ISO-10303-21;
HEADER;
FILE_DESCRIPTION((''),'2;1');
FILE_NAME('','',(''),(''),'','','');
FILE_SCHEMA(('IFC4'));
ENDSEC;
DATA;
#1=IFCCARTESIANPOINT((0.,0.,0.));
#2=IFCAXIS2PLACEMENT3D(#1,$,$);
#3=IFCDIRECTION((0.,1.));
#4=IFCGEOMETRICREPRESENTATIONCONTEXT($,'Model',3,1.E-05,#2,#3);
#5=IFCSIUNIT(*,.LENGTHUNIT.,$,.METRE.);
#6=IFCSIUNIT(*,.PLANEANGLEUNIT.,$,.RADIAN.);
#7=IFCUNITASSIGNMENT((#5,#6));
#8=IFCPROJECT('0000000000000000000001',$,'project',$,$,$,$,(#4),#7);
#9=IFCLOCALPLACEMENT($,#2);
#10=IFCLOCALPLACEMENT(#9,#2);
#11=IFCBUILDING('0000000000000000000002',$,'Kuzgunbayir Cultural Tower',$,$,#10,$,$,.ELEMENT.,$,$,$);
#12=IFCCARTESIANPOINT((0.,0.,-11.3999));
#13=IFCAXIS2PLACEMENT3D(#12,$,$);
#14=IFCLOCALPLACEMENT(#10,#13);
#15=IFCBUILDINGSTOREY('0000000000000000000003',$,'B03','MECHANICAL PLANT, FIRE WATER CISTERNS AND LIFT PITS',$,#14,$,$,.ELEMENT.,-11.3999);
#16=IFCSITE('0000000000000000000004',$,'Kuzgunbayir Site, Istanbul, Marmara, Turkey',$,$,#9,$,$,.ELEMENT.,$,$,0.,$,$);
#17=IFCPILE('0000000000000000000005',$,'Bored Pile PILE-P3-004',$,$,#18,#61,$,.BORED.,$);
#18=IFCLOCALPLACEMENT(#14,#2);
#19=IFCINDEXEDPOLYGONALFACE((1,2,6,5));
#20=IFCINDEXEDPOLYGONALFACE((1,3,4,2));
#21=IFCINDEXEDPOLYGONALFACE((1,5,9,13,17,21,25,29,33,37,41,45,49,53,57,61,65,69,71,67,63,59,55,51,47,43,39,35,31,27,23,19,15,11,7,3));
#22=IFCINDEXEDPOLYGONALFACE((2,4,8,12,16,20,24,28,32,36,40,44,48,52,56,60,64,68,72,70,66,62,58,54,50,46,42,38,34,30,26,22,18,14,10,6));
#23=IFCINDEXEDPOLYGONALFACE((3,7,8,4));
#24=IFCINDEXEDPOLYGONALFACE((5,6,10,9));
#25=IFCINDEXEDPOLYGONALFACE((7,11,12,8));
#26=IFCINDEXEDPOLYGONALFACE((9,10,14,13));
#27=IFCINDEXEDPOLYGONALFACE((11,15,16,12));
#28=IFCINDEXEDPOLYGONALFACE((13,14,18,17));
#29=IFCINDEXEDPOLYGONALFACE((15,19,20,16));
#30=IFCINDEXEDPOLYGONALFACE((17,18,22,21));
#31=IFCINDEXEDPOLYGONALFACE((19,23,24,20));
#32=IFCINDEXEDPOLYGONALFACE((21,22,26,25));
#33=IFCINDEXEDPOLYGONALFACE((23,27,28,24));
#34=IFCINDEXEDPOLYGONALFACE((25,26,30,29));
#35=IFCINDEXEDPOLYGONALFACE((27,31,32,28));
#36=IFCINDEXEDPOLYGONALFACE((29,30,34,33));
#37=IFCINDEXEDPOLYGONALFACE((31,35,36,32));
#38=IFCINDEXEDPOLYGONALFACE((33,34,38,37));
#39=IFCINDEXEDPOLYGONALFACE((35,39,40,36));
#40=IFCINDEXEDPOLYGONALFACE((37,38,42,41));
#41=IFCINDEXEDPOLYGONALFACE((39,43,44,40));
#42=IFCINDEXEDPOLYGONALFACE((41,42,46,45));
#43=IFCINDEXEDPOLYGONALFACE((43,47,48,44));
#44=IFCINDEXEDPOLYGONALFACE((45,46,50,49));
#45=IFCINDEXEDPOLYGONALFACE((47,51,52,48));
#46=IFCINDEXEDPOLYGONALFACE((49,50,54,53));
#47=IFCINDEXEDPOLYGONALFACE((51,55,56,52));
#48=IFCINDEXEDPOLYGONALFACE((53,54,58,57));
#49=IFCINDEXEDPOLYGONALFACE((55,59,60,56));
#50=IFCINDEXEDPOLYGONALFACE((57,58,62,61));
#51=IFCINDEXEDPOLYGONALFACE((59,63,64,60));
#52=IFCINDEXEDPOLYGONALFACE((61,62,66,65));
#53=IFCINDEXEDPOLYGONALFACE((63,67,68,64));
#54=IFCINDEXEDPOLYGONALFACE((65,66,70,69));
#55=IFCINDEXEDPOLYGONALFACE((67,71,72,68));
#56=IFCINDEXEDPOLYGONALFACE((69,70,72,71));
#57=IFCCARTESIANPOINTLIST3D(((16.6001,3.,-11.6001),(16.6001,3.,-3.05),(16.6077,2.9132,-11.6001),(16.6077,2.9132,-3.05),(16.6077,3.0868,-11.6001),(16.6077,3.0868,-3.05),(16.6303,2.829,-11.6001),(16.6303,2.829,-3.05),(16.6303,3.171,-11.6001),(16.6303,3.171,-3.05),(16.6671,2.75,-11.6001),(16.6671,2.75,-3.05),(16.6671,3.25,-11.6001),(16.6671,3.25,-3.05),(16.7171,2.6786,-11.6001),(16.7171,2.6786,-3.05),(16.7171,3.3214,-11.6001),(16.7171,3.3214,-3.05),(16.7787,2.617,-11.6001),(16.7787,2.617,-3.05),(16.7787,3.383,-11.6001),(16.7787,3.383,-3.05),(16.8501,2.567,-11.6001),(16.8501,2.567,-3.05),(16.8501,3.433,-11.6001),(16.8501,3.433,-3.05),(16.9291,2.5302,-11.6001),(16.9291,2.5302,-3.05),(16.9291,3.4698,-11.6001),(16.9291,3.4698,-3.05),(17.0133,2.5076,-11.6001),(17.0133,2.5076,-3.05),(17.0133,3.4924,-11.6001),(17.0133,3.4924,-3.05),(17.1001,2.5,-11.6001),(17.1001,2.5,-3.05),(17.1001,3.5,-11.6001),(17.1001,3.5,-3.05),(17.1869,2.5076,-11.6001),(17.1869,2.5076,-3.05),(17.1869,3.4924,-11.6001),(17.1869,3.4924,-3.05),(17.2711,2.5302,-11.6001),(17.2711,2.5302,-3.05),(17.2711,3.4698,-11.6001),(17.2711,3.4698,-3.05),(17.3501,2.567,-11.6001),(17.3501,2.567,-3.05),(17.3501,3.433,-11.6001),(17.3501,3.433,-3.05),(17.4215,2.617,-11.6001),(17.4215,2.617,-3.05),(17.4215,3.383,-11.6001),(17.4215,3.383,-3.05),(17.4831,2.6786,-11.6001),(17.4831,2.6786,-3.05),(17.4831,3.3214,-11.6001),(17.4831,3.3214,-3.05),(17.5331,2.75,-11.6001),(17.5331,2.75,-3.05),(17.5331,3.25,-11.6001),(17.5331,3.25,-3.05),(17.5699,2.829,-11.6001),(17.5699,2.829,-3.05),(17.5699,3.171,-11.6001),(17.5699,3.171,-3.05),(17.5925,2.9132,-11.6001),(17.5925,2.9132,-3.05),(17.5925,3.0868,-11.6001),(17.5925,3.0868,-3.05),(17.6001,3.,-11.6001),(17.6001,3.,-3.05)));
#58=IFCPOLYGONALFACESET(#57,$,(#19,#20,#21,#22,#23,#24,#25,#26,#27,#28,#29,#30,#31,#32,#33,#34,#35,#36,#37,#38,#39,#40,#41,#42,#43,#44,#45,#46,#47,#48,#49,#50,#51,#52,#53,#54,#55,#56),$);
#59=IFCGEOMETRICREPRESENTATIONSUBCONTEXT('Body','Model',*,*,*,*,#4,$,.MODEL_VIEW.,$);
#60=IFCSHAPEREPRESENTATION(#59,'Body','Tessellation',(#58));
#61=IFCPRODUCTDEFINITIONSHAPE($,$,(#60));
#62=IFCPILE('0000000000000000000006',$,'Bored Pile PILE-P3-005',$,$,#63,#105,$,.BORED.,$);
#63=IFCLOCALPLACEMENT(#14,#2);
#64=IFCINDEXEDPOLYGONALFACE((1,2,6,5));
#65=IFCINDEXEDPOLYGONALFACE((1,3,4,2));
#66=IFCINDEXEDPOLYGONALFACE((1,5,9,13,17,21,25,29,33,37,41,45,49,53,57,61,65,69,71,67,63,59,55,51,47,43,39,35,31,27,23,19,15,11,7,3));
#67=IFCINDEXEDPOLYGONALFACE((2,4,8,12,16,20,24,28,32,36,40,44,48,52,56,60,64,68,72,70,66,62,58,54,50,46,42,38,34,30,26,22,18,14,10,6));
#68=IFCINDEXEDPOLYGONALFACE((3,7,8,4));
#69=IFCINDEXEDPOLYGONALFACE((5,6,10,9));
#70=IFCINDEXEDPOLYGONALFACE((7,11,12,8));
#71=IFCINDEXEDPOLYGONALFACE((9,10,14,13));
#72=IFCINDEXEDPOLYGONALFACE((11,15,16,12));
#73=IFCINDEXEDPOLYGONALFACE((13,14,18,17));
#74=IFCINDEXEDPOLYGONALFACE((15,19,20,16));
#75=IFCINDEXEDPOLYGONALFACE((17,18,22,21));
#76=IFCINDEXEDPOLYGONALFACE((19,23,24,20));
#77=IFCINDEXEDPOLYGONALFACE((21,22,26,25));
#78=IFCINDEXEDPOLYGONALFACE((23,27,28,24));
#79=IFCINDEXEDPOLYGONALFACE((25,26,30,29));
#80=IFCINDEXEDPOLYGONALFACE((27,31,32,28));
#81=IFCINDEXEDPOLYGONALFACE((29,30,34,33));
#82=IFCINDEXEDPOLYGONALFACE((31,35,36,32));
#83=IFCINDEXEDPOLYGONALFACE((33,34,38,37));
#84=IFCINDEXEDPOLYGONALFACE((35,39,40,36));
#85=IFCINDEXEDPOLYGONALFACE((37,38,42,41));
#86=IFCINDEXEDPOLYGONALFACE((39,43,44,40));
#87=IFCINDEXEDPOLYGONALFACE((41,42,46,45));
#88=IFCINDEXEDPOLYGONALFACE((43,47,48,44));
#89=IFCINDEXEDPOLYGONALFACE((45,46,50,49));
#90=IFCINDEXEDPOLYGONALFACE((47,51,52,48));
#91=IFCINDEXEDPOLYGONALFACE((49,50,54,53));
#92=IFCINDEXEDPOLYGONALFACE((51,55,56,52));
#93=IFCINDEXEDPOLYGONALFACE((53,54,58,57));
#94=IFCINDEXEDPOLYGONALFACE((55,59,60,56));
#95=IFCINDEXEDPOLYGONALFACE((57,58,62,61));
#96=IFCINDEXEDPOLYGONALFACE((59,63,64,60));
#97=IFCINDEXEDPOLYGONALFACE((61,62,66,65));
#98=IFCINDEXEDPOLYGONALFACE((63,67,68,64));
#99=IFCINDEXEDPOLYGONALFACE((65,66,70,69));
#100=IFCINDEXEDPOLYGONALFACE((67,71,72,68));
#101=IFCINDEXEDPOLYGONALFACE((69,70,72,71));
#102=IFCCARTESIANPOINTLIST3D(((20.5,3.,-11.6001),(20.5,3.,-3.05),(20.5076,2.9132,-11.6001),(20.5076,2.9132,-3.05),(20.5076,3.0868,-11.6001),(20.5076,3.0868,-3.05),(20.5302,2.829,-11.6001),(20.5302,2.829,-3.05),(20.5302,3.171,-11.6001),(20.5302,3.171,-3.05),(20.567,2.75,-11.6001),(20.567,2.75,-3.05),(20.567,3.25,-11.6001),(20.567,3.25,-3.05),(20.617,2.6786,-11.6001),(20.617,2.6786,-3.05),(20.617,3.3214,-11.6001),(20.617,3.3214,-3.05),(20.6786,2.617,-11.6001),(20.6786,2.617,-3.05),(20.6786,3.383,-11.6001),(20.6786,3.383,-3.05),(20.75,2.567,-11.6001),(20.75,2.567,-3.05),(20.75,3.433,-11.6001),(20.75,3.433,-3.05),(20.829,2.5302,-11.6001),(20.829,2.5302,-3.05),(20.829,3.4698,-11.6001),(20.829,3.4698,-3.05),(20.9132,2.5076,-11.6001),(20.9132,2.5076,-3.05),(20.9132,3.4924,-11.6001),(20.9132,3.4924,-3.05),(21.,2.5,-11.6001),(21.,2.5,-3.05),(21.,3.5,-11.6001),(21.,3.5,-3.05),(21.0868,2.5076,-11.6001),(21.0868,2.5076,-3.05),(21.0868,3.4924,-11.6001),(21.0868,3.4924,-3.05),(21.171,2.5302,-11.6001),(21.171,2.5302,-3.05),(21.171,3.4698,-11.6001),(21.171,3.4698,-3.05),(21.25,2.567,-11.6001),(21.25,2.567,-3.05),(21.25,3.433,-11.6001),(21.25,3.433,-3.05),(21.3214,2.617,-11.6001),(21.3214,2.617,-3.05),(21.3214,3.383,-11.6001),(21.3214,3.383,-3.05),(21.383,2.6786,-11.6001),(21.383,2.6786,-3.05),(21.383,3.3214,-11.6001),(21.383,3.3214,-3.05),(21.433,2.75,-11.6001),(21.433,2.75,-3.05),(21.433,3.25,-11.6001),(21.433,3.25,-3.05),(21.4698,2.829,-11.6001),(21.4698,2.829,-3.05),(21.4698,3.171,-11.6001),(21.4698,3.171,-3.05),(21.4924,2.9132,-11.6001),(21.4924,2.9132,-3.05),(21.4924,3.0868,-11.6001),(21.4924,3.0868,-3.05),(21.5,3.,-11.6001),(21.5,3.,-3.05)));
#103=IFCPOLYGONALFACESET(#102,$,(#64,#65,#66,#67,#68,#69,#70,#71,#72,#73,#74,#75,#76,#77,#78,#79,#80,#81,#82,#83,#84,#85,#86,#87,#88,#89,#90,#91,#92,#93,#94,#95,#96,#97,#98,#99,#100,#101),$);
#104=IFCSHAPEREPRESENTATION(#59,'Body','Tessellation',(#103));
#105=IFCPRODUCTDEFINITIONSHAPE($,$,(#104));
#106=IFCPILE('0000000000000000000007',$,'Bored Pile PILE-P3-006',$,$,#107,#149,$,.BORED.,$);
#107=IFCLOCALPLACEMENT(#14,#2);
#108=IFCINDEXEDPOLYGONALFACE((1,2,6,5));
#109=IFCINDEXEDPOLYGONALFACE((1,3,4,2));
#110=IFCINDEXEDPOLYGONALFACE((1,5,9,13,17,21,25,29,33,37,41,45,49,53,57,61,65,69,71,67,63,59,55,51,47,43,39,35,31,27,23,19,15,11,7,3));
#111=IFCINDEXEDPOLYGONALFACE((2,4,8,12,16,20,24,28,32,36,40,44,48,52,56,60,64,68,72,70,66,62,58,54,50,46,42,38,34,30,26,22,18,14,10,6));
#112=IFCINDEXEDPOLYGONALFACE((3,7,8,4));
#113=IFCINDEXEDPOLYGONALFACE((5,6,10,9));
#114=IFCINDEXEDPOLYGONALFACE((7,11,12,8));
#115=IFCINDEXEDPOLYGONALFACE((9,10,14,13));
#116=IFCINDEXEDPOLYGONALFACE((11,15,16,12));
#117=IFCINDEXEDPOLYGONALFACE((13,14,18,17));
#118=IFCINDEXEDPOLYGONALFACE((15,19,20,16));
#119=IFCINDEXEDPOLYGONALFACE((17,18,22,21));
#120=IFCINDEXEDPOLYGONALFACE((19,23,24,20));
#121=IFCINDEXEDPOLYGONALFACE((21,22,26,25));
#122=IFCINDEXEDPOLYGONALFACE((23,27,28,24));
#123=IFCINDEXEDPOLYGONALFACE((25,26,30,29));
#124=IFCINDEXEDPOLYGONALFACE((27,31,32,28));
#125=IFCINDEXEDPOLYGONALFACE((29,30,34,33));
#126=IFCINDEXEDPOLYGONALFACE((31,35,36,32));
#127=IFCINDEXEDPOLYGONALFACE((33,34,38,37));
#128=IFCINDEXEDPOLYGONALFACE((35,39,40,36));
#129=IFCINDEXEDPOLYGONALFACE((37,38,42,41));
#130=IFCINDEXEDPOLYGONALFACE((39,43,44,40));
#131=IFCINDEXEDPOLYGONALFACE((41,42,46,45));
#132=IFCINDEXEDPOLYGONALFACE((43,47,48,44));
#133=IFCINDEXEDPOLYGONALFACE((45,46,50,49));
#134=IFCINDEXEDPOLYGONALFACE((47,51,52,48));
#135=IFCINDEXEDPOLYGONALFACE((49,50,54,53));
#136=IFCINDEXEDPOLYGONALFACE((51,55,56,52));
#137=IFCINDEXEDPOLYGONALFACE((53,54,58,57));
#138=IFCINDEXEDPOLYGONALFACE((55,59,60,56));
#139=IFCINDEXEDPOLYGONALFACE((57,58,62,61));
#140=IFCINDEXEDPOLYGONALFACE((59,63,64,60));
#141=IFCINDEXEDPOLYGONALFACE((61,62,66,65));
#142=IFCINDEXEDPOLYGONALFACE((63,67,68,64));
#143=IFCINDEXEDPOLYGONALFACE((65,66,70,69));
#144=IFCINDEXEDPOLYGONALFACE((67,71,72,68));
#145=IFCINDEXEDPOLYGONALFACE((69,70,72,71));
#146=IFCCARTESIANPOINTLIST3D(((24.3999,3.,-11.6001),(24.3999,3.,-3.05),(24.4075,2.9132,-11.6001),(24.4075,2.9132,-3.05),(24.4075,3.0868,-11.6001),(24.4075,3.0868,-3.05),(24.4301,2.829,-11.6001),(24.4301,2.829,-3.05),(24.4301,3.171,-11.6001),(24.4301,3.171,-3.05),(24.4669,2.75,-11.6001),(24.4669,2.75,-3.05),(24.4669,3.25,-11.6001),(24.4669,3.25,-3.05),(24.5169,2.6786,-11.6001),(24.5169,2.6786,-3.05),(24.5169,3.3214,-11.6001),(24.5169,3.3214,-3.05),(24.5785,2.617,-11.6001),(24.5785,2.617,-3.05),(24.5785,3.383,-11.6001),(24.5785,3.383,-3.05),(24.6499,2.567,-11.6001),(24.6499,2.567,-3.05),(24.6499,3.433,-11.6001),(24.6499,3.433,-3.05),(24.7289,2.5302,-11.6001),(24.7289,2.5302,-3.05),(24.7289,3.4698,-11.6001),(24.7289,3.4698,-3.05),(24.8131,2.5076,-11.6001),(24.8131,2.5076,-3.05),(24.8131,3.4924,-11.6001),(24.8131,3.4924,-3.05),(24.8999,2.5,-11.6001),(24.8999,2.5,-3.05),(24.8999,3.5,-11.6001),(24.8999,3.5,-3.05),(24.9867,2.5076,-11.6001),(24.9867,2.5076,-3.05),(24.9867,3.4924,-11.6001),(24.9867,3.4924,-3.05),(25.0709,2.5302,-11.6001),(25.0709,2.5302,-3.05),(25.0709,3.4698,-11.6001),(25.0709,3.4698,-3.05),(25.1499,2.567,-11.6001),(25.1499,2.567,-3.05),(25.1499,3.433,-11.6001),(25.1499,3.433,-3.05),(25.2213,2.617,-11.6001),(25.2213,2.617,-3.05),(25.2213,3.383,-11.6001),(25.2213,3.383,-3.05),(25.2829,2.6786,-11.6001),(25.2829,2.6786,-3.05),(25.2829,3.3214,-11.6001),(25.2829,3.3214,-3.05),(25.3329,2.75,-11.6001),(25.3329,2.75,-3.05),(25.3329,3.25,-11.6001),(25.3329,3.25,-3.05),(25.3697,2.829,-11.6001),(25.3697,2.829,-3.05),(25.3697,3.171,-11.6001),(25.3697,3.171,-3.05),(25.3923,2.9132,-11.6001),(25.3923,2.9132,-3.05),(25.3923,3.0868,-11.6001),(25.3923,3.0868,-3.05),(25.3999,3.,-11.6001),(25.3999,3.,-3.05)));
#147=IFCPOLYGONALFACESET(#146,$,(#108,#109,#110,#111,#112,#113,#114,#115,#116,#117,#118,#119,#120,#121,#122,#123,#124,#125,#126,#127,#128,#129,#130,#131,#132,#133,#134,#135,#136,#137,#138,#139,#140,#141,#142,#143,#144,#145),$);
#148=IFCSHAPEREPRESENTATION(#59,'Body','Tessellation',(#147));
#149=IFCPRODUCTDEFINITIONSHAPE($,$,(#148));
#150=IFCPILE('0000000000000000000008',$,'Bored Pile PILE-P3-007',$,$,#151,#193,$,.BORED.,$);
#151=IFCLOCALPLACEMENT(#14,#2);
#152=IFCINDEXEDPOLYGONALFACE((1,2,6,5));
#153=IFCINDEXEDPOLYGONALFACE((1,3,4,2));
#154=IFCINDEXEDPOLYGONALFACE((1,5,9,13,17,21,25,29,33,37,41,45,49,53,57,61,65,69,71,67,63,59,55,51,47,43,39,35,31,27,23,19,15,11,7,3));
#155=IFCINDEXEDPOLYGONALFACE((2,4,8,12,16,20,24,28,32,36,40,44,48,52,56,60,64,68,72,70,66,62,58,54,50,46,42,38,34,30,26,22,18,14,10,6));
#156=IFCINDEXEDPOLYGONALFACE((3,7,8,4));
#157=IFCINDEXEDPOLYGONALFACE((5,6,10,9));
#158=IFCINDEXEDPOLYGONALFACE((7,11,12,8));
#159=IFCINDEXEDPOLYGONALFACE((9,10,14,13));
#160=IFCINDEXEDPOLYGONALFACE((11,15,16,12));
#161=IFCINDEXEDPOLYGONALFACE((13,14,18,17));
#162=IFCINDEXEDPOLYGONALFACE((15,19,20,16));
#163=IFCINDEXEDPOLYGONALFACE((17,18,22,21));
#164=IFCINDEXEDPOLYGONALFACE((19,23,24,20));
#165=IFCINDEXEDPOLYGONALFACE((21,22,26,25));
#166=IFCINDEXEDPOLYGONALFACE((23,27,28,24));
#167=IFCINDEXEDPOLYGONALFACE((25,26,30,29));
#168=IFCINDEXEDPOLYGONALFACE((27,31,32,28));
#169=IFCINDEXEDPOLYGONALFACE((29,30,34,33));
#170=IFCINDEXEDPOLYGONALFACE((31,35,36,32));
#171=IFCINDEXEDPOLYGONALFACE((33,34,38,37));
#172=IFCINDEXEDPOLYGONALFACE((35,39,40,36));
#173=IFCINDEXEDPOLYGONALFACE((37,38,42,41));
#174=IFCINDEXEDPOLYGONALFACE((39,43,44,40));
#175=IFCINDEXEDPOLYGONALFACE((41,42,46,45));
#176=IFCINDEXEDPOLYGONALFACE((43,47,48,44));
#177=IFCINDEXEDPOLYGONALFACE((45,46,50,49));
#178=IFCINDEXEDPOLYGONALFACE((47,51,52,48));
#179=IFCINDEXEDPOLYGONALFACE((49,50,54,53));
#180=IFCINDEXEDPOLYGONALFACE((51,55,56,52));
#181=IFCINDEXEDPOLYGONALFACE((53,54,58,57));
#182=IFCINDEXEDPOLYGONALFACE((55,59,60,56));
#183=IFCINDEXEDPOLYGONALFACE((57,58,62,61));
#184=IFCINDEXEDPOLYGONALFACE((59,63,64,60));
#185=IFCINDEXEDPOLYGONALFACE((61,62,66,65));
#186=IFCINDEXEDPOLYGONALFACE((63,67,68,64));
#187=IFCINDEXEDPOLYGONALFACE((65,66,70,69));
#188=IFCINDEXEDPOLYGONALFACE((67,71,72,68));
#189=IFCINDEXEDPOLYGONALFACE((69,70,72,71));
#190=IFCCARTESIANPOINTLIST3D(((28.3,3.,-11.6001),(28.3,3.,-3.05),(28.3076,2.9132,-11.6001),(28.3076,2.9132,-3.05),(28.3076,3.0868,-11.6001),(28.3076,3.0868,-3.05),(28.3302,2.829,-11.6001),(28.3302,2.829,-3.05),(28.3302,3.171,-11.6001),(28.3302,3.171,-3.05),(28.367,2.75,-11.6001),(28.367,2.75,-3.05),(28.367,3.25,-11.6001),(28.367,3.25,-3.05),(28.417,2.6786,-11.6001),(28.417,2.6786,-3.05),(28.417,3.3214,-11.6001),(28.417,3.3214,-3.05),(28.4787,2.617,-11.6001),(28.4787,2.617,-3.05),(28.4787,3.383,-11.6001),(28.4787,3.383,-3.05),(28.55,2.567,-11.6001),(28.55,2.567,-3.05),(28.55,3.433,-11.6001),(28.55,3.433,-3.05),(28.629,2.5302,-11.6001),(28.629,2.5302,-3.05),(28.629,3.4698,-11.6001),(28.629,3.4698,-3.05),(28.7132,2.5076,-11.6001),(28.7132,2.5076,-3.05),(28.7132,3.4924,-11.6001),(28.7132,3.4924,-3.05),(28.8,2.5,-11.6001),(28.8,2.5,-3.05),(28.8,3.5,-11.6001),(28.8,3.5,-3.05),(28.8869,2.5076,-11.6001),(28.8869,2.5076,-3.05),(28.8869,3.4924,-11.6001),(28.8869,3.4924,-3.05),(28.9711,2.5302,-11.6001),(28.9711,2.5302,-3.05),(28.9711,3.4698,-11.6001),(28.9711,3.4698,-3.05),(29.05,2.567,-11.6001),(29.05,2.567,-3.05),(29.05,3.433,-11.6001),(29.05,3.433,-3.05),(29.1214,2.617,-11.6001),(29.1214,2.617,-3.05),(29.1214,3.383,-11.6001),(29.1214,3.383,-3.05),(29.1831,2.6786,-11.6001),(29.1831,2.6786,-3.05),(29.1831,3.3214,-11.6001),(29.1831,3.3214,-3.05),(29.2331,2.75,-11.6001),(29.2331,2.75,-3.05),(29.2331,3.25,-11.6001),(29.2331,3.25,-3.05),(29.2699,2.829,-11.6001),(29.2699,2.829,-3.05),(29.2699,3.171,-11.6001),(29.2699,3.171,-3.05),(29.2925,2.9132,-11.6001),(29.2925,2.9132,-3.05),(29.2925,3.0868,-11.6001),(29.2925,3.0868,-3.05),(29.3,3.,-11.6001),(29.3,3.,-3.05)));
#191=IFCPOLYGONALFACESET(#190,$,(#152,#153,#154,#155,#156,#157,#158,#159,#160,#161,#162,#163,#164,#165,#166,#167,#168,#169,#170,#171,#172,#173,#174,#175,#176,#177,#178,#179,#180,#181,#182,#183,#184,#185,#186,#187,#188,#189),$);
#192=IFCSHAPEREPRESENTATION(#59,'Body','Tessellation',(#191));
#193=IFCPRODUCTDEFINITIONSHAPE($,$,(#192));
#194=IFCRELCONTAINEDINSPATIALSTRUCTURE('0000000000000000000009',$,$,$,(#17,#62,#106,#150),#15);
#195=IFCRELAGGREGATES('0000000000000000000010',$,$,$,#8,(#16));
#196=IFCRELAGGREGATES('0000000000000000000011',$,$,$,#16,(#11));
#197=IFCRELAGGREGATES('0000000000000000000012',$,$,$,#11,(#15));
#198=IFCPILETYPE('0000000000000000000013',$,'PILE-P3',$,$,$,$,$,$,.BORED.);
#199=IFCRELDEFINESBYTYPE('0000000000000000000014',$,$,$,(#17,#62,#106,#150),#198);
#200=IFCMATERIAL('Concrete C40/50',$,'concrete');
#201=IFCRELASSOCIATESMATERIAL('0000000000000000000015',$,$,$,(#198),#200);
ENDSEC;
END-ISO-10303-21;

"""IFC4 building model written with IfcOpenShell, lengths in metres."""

from ifc_helpers import new_model, si_unit, direction, frame, origin, origin_2d, place, context, subcontext, project, spatial, circle, extrude, material, material_profile, profile_set, type_object, element, save


model = new_model("IFC4")

# Units and contexts
model_context = context("Model", 3, precision=1e-05, world=origin(), true_north=direction((0.0, 1.0)))
body_context = subcontext(model_context, "Body", "Model", "MODEL_VIEW")
ifc_project = project(units=[si_unit("LENGTHUNIT", "METRE"), si_unit("PLANEANGLEUNIT", "RADIAN")], contexts=[model_context])

# Site, building, storey
site_placement = place(None, origin())
site = spatial("IfcSite", under=ifc_project, at=site_placement, Name="Kuzgunbayir Site, Istanbul, Marmara, Turkey", CompositionType="ELEMENT", RefElevation=0.0)
building_placement = place(site_placement, origin())
building = spatial("IfcBuilding", under=site, at=building_placement, Name="Kuzgunbayir Cultural Tower", CompositionType="ELEMENT")
storey_placement = place(building_placement, frame((0.0, 0.0, -11.3999)))
storey = spatial("IfcBuildingStorey", under=building, at=storey_placement, Name="B03", Description="MECHANICAL PLANT, FIRE WATER CISTERNS AND LIFT PITS", CompositionType="ELEMENT", Elevation=-11.3999)

# Piles
ifc_material_1 = material(Name="Concrete C40/50", Category="concrete")
ifc_material_profile_1 = material_profile(ifc_material_1, circle(Radius=0.5, at=origin_2d()), Name="BORED PILE 1000")
ifc_profile_set_1 = profile_set([ifc_material_profile_1], Name="Concrete C40/50")
pile_type_1 = type_object("IfcPileType", Name="PILE-P3", PredefinedType="BORED", material=ifc_profile_set_1)
for number, where, z_axis, x_axis, name in (
    (1, (17.1001, 3.0, -3.05), (0.0, 0.0, -1.0), (1.0, 0.0, 0.0), "Bored Pile PILE-P3-004"),
    (2, (21.0, 3.0, -3.05), (0.0, 0.0, -1.0), (1.0, 0.0, 0.0), "Bored Pile PILE-P3-005"),
    (3, (24.8999, 3.0, -3.05), (0.0, 0.0, -1.0), (1.0, 0.0, 0.0), "Bored Pile PILE-P3-006"),
    (4, (28.8, 3.0, -3.05), (0.0, 0.0, -1.0), (1.0, 0.0, 0.0), "Bored Pile PILE-P3-007"),
):
    element("IfcPile", number, at=place(storey_placement, frame(where, z_axis=z_axis, x_axis=x_axis)), inside=storey, type_object=pile_type_1, Name=name, PredefinedType="BORED", context=body_context, shape_type="SweptSolid", body=[
        extrude(circle(Radius=0.5, at=origin_2d()), origin(), (0.0, 0.0, 1.0), 8.55),
    ])

save(model, "model.ifc")
